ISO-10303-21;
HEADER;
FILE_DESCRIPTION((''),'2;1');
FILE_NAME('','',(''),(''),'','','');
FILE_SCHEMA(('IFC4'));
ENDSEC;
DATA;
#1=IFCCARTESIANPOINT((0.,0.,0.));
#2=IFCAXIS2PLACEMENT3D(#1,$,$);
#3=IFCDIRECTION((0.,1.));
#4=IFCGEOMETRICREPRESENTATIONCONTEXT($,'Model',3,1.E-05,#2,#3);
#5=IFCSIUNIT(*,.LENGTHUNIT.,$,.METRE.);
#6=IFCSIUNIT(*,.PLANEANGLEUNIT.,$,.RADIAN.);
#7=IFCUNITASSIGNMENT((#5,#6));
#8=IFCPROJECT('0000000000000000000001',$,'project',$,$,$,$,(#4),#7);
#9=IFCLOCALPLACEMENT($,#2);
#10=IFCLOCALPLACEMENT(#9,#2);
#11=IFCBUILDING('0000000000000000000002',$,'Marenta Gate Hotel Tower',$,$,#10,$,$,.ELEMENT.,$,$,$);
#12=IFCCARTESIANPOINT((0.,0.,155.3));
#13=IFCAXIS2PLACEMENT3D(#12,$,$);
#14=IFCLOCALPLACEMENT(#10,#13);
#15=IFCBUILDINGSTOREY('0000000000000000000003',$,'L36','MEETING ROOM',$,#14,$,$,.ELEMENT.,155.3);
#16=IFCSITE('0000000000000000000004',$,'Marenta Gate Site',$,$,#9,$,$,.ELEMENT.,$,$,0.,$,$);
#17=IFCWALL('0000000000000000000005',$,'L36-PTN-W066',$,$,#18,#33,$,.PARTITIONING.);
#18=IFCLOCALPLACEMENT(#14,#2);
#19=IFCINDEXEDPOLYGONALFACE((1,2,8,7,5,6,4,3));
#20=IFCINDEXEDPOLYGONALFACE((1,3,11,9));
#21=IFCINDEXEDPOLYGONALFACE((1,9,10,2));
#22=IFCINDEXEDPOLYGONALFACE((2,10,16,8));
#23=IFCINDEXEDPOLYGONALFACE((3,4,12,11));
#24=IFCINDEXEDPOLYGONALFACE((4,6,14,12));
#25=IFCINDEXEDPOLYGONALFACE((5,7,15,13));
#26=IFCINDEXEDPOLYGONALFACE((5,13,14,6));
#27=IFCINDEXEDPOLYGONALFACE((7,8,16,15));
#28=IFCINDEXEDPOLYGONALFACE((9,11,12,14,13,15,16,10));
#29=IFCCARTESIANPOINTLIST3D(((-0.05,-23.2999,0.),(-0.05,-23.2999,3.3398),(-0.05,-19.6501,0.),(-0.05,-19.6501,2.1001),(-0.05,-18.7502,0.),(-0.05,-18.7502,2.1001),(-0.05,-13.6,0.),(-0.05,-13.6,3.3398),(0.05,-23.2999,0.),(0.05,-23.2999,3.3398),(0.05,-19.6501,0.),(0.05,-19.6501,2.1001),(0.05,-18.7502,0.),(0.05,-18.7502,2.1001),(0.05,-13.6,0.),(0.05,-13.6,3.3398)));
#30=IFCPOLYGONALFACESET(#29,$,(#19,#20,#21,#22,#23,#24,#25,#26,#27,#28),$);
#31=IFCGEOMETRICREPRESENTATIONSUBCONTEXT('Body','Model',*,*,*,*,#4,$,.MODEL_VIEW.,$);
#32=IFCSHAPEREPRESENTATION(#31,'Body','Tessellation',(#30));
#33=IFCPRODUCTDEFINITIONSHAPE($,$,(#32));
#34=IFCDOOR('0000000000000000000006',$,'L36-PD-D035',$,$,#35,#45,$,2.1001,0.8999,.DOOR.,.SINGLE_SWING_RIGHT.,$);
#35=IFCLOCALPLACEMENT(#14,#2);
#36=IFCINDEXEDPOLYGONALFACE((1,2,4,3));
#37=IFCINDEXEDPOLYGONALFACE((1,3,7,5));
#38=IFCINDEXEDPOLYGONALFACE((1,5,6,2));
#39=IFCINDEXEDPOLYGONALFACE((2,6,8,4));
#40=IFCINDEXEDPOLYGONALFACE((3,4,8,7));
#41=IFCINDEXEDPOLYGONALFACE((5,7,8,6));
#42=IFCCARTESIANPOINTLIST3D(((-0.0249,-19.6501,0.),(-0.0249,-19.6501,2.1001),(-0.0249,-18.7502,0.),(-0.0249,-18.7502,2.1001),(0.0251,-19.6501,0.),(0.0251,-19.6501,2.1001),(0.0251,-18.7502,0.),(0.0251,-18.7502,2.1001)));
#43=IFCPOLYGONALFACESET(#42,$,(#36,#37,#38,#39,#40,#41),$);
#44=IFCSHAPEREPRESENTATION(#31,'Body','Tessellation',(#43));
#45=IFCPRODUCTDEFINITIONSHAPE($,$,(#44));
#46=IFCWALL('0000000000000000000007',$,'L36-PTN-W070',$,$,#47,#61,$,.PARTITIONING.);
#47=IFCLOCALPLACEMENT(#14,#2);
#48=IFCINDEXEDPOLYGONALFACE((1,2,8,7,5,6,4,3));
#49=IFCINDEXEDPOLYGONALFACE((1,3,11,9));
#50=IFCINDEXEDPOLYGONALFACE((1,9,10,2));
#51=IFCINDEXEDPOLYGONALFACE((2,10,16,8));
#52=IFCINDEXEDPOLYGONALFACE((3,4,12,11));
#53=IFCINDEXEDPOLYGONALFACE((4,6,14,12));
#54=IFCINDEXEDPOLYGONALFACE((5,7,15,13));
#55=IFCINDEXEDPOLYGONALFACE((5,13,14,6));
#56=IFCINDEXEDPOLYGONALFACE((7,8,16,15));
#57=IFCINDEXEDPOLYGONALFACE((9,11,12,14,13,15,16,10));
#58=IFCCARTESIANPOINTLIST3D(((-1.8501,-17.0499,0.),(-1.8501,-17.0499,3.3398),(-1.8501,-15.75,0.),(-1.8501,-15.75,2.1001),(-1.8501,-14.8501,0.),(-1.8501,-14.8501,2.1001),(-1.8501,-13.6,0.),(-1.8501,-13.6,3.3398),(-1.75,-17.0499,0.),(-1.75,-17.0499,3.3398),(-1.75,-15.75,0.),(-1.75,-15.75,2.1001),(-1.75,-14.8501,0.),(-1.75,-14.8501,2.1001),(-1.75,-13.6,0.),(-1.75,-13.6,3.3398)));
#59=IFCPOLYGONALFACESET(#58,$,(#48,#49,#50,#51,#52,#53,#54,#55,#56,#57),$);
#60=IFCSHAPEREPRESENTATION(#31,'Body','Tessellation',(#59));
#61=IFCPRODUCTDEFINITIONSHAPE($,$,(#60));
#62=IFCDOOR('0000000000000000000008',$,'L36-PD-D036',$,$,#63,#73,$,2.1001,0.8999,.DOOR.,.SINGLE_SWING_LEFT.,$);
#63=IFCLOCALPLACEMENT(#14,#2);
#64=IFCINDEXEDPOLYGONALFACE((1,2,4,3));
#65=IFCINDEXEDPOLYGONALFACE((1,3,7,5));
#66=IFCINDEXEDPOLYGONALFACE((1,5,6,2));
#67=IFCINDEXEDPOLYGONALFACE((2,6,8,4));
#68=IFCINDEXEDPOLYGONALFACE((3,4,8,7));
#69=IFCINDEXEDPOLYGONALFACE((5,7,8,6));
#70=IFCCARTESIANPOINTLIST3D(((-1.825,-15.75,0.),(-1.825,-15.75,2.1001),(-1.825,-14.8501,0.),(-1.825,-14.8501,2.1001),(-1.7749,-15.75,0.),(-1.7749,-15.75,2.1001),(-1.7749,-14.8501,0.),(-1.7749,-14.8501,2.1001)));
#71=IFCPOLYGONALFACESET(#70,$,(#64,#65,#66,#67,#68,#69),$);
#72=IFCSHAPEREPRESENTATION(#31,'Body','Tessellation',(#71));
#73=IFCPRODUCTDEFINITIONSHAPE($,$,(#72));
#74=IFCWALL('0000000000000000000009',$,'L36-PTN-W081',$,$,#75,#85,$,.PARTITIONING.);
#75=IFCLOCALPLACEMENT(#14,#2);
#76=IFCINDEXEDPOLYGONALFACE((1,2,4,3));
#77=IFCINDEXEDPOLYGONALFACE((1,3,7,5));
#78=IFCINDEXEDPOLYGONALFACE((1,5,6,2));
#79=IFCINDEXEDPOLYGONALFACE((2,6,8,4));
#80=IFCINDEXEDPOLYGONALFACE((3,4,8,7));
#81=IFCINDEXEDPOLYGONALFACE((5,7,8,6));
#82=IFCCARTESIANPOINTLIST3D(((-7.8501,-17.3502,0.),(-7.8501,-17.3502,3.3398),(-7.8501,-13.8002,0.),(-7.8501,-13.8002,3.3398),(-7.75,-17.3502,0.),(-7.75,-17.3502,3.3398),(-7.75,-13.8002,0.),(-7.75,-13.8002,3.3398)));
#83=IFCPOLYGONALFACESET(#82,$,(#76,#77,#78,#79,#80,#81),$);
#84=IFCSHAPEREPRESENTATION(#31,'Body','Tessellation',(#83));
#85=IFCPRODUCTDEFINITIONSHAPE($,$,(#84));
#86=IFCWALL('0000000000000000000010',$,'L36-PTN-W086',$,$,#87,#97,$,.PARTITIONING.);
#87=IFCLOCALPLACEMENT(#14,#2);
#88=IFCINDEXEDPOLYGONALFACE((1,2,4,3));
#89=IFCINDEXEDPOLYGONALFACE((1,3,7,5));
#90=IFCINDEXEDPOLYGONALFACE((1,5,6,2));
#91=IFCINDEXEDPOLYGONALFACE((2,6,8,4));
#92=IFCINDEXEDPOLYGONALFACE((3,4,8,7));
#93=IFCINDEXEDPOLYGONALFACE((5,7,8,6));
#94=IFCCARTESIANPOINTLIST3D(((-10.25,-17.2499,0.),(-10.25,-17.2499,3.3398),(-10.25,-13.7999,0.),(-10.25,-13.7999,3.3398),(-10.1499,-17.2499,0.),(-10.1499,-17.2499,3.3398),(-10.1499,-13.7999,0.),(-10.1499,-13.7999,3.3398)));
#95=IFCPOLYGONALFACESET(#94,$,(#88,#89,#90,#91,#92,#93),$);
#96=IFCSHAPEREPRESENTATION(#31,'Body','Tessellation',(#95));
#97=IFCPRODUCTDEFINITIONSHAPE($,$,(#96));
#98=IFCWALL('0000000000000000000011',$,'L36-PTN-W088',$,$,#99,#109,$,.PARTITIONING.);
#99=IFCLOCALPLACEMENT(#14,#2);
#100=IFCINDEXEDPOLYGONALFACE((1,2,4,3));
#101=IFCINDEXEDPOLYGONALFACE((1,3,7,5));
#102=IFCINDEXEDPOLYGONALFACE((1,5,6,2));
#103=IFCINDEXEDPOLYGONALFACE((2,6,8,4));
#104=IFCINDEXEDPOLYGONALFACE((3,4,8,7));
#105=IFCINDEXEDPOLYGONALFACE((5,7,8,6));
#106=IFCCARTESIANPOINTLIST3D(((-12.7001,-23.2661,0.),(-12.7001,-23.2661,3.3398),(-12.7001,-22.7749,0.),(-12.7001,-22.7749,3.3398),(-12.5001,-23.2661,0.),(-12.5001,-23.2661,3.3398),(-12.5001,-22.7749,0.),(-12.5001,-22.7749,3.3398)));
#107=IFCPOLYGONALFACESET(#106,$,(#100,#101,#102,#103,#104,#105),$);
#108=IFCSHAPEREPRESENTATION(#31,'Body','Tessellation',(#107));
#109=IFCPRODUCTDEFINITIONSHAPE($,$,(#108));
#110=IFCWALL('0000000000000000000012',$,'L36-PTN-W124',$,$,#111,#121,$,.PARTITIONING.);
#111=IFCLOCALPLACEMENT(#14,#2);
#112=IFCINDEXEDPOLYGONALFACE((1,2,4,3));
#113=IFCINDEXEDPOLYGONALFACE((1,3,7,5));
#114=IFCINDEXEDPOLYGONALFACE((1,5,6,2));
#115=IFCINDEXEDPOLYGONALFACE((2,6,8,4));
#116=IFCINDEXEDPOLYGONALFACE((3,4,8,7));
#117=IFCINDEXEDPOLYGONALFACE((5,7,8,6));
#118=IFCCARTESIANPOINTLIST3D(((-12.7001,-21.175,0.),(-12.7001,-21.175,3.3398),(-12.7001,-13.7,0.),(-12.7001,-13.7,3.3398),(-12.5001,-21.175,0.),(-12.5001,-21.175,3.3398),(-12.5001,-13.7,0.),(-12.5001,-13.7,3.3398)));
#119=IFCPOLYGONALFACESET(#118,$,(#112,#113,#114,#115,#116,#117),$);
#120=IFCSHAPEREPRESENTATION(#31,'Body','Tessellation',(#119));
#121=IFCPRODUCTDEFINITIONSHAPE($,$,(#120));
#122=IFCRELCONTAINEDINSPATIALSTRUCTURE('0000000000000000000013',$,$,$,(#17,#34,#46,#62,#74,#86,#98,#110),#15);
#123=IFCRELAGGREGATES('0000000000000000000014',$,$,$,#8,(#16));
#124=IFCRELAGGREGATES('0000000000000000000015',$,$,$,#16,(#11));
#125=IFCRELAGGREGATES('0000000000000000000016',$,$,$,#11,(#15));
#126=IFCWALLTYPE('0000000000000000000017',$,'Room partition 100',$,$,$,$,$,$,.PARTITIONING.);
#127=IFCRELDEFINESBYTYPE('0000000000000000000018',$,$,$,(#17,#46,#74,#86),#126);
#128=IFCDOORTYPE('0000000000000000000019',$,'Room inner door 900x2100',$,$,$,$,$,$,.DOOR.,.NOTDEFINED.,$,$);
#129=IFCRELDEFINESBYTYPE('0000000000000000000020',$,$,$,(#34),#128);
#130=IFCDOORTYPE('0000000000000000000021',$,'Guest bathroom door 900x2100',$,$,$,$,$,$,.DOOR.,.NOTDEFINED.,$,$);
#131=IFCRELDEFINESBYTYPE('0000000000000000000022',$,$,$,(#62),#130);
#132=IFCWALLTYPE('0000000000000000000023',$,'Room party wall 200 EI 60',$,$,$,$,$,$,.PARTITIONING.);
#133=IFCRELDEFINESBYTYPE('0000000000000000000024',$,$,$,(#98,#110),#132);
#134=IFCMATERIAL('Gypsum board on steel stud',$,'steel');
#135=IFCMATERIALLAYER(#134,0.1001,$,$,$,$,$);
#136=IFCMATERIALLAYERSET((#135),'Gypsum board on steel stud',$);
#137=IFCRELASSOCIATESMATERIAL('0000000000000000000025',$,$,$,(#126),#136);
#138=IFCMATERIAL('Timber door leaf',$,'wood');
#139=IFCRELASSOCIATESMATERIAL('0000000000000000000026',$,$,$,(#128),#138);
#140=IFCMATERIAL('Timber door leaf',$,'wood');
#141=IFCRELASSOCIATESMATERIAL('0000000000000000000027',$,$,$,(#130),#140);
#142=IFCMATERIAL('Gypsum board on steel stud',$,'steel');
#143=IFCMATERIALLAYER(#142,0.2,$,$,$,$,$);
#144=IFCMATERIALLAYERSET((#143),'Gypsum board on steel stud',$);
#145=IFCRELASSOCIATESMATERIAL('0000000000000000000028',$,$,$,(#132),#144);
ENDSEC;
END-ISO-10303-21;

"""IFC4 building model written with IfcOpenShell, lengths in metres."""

from ifc_helpers import new_model, si_unit, direction, frame, frame_2d, origin, place, context, subcontext, project, spatial, rectangle, extrude, material, layer, layer_set, type_object, element, fill, save


model = new_model("IFC4")

# Units and contexts
model_context = context("Model", 3, precision=1e-05, world=origin(), true_north=direction((0.0, 1.0)))
body_context = subcontext(model_context, "Body", "Model", "MODEL_VIEW")
ifc_project = project(units=[si_unit("LENGTHUNIT", "METRE"), si_unit("PLANEANGLEUNIT", "RADIAN")], contexts=[model_context])

# Site, building, storey
site_placement = place(None, origin())
site = spatial("IfcSite", under=ifc_project, at=site_placement, Name="Marenta Gate Site", CompositionType="ELEMENT", RefElevation=0.0)
building_placement = place(site_placement, origin())
building = spatial("IfcBuilding", under=site, at=building_placement, Name="Marenta Gate Hotel Tower", CompositionType="ELEMENT")
storey_placement = place(building_placement, frame((0.0, 0.0, 155.3)))
storey = spatial("IfcBuildingStorey", under=building, at=storey_placement, Name="L36", Description="MEETING ROOM", CompositionType="ELEMENT", Elevation=155.3)

# Shared definitions
ifc_material_1 = material(Name="Gypsum board on steel stud", Category="steel")
ifc_layer_1 = layer(ifc_material_1, 0.1001)
ifc_layer_set_1 = layer_set([ifc_layer_1], Name="Gypsum board on steel stud")
wall_type_1 = type_object("IfcWallType", Name="Room partition 100", PredefinedType="PARTITIONING", material=ifc_layer_set_1)
ifc_material_2 = material(Name="Timber door leaf", Category="wood")
door_type_1 = type_object("IfcDoorType", Name="Room inner door 900x2100", OperationType="NOTDEFINED", PredefinedType="DOOR", material=ifc_material_2)
ifc_material_3 = material(Name="Timber door leaf", Category="wood")
door_type_2 = type_object("IfcDoorType", Name="Guest bathroom door 900x2100", OperationType="NOTDEFINED", PredefinedType="DOOR", material=ifc_material_3)

# Walls, openings, doors
wall_1_placement = place(storey_placement, frame((0.0, -23.3, 0.0), z_axis=(0.0, 0.0, 1.0), x_axis=(0.0, 1.0, 0.0)))
wall_1 = element("IfcWall", 1, at=wall_1_placement, inside=storey, type_object=wall_type_1, Name="L36-PTN-W066", PredefinedType="PARTITIONING", context=body_context, shape_type="SweptSolid", body=[
    extrude(rectangle(XDim=9.7, YDim=0.1001, at=frame_2d((4.8501, 0.0))), origin(), (0.0, 0.0, 1.0), 3.3398),
])
opening_1_placement = place(wall_1_placement, frame((3.6499, 0.0, 0.0)))
opening_1 = element("IfcOpeningElement", 2, at=opening_1_placement, cuts=wall_1, PredefinedType="OPENING", context=body_context, shape_type="SweptSolid", body=[
    extrude(rectangle(XDim=0.8999, YDim=2.1001, at=frame_2d((0.45, 1.05))), frame((0.0, 0.05, 0.0), z_axis=(0.0, -1.0, 0.0), x_axis=(1.0, 0.0, 0.0)), (0.0, 0.0, 1.0), 0.1001),
])
door_1_placement = place(opening_1_placement, origin())
door_1 = element("IfcDoor", 3, at=door_1_placement, inside=storey, type_object=door_type_1, Name="L36-PD-D035", OperationType="SINGLE_SWING_RIGHT", OverallHeight=2.1001, OverallWidth=0.8999, PredefinedType="DOOR", context=body_context, shape_type="SweptSolid", body=[
    extrude(rectangle(XDim=0.8999, YDim=2.1001, at=frame_2d((0.45, 1.05))), frame((0.0, 0.0249, 0.0), z_axis=(0.0, -1.0, 0.0), x_axis=(1.0, 0.0, 0.0)), (0.0, 0.0, 1.0), 0.05),
])
fill(opening_1, door_1)
wall_2_placement = place(storey_placement, frame((-1.8, -17.05, 0.0), z_axis=(0.0, 0.0, 1.0), x_axis=(0.0, 1.0, 0.0)))
wall_2 = element("IfcWall", 4, at=wall_2_placement, inside=storey, type_object=wall_type_1, Name="L36-PTN-W070", PredefinedType="PARTITIONING", context=body_context, shape_type="SweptSolid", body=[
    extrude(rectangle(XDim=3.45, YDim=0.1001, at=frame_2d((1.7251, 0.0))), origin(), (0.0, 0.0, 1.0), 3.3398),
])
opening_2_placement = place(wall_2_placement, frame((1.3, 0.0, 0.0)))
opening_2 = element("IfcOpeningElement", 5, at=opening_2_placement, cuts=wall_2, PredefinedType="OPENING", context=body_context, shape_type="SweptSolid", body=[
    extrude(rectangle(XDim=0.8999, YDim=2.1001, at=frame_2d((0.45, 1.05))), frame((0.0, 0.05, 0.0), z_axis=(0.0, -1.0, 0.0), x_axis=(1.0, 0.0, 0.0)), (0.0, 0.0, 1.0), 0.1001),
])
door_2_placement = place(opening_2_placement, origin())
door_2 = element("IfcDoor", 6, at=door_2_placement, inside=storey, type_object=door_type_2, Name="L36-PD-D036", OperationType="SINGLE_SWING_LEFT", OverallHeight=2.1001, OverallWidth=0.8999, PredefinedType="DOOR", context=body_context, shape_type="SweptSolid", body=[
    extrude(rectangle(XDim=0.8999, YDim=2.1001, at=frame_2d((0.45, 1.05))), frame((0.0, 0.0249, 0.0), z_axis=(0.0, -1.0, 0.0), x_axis=(1.0, 0.0, 0.0)), (0.0, 0.0, 1.0), 0.05),
])
fill(opening_2, door_2)

# Walls
wall_3_placement = place(storey_placement, frame((-7.8, -17.3501, 0.0), z_axis=(0.0, 0.0, 1.0), x_axis=(0.0, 1.0, 0.0)))
element("IfcWall", 7, at=wall_3_placement, inside=storey, type_object=wall_type_1, Name="L36-PTN-W081", PredefinedType="PARTITIONING", context=body_context, shape_type="SweptSolid", body=[
    extrude(rectangle(XDim=3.55, YDim=0.1001, at=frame_2d((1.7749, 0.0))), origin(), (0.0, 0.0, 1.0), 3.3398),
])
wall_4_placement = place(storey_placement, frame((-10.2, -17.25, 0.0), z_axis=(0.0, 0.0, 1.0), x_axis=(0.0, 1.0, 0.0)))
element("IfcWall", 8, at=wall_4_placement, inside=storey, type_object=wall_type_1, Name="L36-PTN-W086", PredefinedType="PARTITIONING", context=body_context, shape_type="SweptSolid", body=[
    extrude(rectangle(XDim=3.45, YDim=0.1001, at=frame_2d((1.7251, 0.0))), origin(), (0.0, 0.0, 1.0), 3.3398),
])
ifc_material_4 = material(Name="Gypsum board on steel stud", Category="steel")
ifc_layer_2 = layer(ifc_material_4, 0.2)
ifc_layer_set_2 = layer_set([ifc_layer_2], Name="Gypsum board on steel stud")
wall_type_2 = type_object("IfcWallType", Name="Room party wall 200 EI 60", PredefinedType="PARTITIONING", material=ifc_layer_set_2)
wall_5_placement = place(storey_placement, frame((-12.6001, -23.2661, 0.0), z_axis=(0.0, 0.0, 1.0), x_axis=(0.0, 1.0, 0.0)))
element("IfcWall", 9, at=wall_5_placement, inside=storey, type_object=wall_type_2, Name="L36-PTN-W088", PredefinedType="PARTITIONING", context=body_context, shape_type="SweptSolid", body=[
    extrude(rectangle(XDim=0.4912, YDim=0.2, at=frame_2d((0.2456, 0.0))), origin(), (0.0, 0.0, 1.0), 3.3398),
])
wall_6_placement = place(storey_placement, frame((-12.6001, -21.175, 0.0), z_axis=(0.0, 0.0, 1.0), x_axis=(0.0, 1.0, 0.0)))
element("IfcWall", 10, at=wall_6_placement, inside=storey, type_object=wall_type_2, Name="L36-PTN-W124", PredefinedType="PARTITIONING", context=body_context, shape_type="SweptSolid", body=[
    extrude(rectangle(XDim=7.4751, YDim=0.2, at=frame_2d((3.7375, 0.0))), origin(), (0.0, 0.0, 1.0), 3.3398),
])

save(model, "model.ifc")
